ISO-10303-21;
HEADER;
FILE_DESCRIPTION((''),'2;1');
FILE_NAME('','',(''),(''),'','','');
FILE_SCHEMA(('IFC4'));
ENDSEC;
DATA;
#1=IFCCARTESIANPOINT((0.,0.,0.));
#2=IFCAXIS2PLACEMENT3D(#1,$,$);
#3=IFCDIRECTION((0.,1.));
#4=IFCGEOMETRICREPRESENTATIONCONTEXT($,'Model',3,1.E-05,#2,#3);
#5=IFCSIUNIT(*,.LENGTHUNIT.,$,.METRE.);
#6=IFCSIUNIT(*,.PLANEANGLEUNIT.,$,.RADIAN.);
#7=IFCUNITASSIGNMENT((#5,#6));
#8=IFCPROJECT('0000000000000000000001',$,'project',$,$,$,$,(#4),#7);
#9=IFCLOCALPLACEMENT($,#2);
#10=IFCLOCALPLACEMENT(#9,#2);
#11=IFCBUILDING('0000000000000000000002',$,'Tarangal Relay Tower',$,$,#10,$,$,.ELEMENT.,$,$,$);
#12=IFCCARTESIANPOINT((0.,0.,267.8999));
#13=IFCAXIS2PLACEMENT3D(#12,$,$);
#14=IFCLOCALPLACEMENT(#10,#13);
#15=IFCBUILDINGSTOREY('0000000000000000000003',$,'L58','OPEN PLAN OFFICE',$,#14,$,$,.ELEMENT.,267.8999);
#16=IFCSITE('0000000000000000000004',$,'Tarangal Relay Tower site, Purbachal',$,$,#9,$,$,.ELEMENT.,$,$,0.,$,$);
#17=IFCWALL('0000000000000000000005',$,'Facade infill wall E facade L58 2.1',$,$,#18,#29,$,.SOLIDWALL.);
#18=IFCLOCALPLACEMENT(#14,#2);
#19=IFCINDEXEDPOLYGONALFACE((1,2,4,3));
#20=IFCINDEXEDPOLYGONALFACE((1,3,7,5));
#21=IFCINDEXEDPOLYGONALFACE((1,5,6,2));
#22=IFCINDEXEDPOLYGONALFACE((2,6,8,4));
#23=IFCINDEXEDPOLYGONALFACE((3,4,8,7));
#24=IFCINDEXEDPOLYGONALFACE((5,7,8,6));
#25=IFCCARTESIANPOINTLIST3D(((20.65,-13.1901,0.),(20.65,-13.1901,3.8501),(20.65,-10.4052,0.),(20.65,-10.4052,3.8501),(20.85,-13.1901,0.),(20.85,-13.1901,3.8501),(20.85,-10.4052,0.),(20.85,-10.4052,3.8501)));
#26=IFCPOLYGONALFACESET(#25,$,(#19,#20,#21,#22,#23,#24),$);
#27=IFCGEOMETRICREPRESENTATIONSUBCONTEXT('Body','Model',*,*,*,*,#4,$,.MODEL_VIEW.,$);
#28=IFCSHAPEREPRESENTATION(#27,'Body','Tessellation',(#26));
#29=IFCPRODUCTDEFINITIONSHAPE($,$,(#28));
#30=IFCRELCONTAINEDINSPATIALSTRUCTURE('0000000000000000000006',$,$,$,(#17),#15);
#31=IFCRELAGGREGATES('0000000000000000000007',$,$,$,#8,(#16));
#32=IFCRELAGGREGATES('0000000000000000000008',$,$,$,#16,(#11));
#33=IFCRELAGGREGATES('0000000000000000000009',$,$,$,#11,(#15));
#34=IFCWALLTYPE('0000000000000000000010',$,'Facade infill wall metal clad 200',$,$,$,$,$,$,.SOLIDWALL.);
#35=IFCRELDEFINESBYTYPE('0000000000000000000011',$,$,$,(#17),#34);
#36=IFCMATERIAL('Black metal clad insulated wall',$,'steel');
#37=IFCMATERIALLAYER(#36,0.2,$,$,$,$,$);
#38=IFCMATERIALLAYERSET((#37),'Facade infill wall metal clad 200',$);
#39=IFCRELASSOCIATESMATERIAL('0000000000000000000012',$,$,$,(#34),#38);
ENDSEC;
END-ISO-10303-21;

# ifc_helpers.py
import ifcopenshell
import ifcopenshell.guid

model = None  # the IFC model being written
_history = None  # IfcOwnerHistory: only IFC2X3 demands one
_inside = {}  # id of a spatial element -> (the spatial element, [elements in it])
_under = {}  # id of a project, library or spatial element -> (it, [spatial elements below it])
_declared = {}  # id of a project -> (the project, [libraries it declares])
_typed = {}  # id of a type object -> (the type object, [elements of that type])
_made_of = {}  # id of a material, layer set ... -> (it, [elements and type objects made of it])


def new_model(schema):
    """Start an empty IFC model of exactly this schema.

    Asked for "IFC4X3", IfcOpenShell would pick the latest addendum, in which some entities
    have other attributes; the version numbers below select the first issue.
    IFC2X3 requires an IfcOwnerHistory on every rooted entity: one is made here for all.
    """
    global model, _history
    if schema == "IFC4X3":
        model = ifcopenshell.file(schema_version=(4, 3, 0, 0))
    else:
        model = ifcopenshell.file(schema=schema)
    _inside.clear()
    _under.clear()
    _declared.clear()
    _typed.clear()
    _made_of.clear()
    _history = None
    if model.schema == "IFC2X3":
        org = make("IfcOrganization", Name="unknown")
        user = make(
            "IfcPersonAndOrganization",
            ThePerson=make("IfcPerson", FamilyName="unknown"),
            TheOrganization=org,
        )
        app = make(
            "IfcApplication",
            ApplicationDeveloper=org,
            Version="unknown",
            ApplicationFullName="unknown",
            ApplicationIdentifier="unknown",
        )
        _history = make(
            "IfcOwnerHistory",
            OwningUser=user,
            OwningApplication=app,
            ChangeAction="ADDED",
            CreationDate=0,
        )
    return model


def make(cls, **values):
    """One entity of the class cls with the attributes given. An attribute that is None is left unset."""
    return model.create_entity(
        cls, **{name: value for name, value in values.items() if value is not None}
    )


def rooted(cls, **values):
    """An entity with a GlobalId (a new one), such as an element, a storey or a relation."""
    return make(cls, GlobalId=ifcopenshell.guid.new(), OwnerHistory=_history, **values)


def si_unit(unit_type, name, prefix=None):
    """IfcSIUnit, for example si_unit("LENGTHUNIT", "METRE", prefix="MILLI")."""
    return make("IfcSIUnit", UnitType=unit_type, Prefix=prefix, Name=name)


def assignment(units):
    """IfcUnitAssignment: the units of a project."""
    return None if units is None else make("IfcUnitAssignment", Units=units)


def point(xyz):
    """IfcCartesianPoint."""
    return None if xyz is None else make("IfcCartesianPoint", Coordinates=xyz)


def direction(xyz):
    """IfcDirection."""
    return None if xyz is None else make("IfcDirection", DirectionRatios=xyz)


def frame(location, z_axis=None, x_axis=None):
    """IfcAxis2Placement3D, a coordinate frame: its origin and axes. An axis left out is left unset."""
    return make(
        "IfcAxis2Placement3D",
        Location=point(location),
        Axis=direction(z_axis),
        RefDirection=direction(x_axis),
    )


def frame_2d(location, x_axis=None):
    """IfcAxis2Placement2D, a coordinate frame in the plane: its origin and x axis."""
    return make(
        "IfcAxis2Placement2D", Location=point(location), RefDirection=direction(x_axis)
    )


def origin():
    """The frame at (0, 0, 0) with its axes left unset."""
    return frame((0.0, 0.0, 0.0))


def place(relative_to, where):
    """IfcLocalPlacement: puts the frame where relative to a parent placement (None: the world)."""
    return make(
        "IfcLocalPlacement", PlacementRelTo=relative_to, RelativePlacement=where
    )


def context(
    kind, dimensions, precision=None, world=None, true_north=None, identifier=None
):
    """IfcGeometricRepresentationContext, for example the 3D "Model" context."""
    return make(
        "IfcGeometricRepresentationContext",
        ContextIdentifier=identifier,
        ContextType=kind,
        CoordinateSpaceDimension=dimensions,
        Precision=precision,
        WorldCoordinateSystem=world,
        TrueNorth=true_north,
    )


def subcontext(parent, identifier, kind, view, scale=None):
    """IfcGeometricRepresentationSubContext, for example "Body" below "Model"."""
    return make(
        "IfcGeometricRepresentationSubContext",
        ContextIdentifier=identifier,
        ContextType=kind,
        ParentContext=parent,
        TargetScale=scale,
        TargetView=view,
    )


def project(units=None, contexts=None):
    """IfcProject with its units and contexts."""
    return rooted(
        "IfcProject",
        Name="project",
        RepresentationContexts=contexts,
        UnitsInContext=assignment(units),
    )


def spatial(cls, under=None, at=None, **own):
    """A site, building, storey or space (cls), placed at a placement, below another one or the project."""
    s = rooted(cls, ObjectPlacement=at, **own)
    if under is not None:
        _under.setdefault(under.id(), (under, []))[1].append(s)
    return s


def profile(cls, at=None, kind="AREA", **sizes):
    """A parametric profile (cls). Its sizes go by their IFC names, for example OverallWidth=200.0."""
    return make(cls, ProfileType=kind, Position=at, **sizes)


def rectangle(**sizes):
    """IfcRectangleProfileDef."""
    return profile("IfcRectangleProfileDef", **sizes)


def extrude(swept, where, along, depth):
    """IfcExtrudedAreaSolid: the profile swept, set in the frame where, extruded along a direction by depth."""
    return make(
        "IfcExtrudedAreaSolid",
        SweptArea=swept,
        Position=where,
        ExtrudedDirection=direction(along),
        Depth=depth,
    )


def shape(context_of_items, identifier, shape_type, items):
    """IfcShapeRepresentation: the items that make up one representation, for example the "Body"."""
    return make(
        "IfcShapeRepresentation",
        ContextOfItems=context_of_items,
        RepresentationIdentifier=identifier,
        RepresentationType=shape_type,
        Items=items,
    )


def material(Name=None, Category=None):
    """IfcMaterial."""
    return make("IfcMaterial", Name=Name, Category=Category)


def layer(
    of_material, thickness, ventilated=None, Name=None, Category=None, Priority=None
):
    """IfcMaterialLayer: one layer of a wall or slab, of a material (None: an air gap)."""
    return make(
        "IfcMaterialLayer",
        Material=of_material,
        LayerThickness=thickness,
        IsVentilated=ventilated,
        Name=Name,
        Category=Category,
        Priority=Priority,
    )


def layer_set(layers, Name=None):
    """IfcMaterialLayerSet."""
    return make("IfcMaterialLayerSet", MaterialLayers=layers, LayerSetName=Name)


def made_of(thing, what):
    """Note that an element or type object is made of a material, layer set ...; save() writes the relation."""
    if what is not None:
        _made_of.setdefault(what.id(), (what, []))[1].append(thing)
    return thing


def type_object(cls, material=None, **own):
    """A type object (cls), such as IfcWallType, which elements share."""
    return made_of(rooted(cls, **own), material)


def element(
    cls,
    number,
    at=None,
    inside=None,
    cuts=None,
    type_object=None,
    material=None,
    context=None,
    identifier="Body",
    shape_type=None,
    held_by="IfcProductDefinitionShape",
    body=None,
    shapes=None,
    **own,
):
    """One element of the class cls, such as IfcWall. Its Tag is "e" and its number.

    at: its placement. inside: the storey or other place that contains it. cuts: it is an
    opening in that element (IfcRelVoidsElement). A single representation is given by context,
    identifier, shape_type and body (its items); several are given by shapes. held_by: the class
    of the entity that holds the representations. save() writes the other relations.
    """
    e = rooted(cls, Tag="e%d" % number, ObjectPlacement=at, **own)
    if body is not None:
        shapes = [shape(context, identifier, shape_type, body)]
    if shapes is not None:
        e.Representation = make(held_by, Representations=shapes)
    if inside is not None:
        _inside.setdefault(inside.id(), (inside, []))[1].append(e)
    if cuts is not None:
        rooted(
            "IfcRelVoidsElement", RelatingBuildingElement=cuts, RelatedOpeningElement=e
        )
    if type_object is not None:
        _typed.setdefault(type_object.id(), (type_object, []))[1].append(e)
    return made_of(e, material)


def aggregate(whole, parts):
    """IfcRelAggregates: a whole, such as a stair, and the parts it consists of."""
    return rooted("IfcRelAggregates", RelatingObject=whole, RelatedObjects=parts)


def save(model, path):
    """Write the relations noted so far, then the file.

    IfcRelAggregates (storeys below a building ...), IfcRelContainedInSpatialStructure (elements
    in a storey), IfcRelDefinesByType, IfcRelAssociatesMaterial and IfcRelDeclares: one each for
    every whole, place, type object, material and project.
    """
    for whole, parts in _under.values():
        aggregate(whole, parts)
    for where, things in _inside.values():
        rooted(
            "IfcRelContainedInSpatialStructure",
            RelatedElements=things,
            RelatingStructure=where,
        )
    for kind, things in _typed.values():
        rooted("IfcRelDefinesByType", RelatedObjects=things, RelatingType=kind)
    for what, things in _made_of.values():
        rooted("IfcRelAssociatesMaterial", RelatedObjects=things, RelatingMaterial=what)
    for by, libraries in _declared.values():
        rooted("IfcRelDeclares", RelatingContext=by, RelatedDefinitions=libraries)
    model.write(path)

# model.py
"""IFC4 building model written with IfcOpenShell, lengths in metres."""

from ifc_helpers import new_model, si_unit, direction, frame, frame_2d, origin, place, context, subcontext, project, spatial, rectangle, extrude, material, layer, layer_set, type_object, element, save


model = new_model("IFC4")

# Units and contexts
model_context = context("Model", 3, precision=1e-05, world=origin(), true_north=direction((0.0, 1.0)))
body_context = subcontext(model_context, "Body", "Model", "MODEL_VIEW")
ifc_project = project(units=[si_unit("LENGTHUNIT", "METRE"), si_unit("PLANEANGLEUNIT", "RADIAN")], contexts=[model_context])

# Site, building, storey
site_placement = place(None, origin())
site = spatial("IfcSite", under=ifc_project, at=site_placement, Name="Tarangal Relay Tower site, Purbachal", CompositionType="ELEMENT", RefElevation=0.0)
building_placement = place(site_placement, origin())
building = spatial("IfcBuilding", under=site, at=building_placement, Name="Tarangal Relay Tower", CompositionType="ELEMENT")
storey_placement = place(building_placement, frame((0.0, 0.0, 267.8999)))
storey = spatial("IfcBuildingStorey", under=building, at=storey_placement, Name="L58", Description="OPEN PLAN OFFICE", CompositionType="ELEMENT", Elevation=267.8999)

# Wall
ifc_material_1 = material(Name="Black metal clad insulated wall", Category="steel")
ifc_layer_1 = layer(ifc_material_1, 0.2)
ifc_layer_set_1 = layer_set([ifc_layer_1], Name="Facade infill wall metal clad 200")
wall_type_1 = type_object("IfcWallType", Name="Facade infill wall metal clad 200", PredefinedType="SOLIDWALL", material=ifc_layer_set_1)
for number, where, z_axis, x_axis, name in (
    (1, (20.75, -10.405, 0.0), (0.0, 0.0, 1.0), (0.0, -1.0, 0.0), "Facade infill wall E facade L58 2.1"),
):
    element("IfcWall", number, at=place(storey_placement, frame(where, z_axis=z_axis, x_axis=x_axis)), inside=storey, type_object=wall_type_1, Name=name, PredefinedType="SOLIDWALL", context=body_context, shape_type="SweptSolid", body=[
        extrude(rectangle(XDim=2.7849, YDim=0.2, at=frame_2d((1.3926, 0.0))), origin(), (0.0, 0.0, 1.0), 3.8501),
    ])

save(model, "model.ifc")
